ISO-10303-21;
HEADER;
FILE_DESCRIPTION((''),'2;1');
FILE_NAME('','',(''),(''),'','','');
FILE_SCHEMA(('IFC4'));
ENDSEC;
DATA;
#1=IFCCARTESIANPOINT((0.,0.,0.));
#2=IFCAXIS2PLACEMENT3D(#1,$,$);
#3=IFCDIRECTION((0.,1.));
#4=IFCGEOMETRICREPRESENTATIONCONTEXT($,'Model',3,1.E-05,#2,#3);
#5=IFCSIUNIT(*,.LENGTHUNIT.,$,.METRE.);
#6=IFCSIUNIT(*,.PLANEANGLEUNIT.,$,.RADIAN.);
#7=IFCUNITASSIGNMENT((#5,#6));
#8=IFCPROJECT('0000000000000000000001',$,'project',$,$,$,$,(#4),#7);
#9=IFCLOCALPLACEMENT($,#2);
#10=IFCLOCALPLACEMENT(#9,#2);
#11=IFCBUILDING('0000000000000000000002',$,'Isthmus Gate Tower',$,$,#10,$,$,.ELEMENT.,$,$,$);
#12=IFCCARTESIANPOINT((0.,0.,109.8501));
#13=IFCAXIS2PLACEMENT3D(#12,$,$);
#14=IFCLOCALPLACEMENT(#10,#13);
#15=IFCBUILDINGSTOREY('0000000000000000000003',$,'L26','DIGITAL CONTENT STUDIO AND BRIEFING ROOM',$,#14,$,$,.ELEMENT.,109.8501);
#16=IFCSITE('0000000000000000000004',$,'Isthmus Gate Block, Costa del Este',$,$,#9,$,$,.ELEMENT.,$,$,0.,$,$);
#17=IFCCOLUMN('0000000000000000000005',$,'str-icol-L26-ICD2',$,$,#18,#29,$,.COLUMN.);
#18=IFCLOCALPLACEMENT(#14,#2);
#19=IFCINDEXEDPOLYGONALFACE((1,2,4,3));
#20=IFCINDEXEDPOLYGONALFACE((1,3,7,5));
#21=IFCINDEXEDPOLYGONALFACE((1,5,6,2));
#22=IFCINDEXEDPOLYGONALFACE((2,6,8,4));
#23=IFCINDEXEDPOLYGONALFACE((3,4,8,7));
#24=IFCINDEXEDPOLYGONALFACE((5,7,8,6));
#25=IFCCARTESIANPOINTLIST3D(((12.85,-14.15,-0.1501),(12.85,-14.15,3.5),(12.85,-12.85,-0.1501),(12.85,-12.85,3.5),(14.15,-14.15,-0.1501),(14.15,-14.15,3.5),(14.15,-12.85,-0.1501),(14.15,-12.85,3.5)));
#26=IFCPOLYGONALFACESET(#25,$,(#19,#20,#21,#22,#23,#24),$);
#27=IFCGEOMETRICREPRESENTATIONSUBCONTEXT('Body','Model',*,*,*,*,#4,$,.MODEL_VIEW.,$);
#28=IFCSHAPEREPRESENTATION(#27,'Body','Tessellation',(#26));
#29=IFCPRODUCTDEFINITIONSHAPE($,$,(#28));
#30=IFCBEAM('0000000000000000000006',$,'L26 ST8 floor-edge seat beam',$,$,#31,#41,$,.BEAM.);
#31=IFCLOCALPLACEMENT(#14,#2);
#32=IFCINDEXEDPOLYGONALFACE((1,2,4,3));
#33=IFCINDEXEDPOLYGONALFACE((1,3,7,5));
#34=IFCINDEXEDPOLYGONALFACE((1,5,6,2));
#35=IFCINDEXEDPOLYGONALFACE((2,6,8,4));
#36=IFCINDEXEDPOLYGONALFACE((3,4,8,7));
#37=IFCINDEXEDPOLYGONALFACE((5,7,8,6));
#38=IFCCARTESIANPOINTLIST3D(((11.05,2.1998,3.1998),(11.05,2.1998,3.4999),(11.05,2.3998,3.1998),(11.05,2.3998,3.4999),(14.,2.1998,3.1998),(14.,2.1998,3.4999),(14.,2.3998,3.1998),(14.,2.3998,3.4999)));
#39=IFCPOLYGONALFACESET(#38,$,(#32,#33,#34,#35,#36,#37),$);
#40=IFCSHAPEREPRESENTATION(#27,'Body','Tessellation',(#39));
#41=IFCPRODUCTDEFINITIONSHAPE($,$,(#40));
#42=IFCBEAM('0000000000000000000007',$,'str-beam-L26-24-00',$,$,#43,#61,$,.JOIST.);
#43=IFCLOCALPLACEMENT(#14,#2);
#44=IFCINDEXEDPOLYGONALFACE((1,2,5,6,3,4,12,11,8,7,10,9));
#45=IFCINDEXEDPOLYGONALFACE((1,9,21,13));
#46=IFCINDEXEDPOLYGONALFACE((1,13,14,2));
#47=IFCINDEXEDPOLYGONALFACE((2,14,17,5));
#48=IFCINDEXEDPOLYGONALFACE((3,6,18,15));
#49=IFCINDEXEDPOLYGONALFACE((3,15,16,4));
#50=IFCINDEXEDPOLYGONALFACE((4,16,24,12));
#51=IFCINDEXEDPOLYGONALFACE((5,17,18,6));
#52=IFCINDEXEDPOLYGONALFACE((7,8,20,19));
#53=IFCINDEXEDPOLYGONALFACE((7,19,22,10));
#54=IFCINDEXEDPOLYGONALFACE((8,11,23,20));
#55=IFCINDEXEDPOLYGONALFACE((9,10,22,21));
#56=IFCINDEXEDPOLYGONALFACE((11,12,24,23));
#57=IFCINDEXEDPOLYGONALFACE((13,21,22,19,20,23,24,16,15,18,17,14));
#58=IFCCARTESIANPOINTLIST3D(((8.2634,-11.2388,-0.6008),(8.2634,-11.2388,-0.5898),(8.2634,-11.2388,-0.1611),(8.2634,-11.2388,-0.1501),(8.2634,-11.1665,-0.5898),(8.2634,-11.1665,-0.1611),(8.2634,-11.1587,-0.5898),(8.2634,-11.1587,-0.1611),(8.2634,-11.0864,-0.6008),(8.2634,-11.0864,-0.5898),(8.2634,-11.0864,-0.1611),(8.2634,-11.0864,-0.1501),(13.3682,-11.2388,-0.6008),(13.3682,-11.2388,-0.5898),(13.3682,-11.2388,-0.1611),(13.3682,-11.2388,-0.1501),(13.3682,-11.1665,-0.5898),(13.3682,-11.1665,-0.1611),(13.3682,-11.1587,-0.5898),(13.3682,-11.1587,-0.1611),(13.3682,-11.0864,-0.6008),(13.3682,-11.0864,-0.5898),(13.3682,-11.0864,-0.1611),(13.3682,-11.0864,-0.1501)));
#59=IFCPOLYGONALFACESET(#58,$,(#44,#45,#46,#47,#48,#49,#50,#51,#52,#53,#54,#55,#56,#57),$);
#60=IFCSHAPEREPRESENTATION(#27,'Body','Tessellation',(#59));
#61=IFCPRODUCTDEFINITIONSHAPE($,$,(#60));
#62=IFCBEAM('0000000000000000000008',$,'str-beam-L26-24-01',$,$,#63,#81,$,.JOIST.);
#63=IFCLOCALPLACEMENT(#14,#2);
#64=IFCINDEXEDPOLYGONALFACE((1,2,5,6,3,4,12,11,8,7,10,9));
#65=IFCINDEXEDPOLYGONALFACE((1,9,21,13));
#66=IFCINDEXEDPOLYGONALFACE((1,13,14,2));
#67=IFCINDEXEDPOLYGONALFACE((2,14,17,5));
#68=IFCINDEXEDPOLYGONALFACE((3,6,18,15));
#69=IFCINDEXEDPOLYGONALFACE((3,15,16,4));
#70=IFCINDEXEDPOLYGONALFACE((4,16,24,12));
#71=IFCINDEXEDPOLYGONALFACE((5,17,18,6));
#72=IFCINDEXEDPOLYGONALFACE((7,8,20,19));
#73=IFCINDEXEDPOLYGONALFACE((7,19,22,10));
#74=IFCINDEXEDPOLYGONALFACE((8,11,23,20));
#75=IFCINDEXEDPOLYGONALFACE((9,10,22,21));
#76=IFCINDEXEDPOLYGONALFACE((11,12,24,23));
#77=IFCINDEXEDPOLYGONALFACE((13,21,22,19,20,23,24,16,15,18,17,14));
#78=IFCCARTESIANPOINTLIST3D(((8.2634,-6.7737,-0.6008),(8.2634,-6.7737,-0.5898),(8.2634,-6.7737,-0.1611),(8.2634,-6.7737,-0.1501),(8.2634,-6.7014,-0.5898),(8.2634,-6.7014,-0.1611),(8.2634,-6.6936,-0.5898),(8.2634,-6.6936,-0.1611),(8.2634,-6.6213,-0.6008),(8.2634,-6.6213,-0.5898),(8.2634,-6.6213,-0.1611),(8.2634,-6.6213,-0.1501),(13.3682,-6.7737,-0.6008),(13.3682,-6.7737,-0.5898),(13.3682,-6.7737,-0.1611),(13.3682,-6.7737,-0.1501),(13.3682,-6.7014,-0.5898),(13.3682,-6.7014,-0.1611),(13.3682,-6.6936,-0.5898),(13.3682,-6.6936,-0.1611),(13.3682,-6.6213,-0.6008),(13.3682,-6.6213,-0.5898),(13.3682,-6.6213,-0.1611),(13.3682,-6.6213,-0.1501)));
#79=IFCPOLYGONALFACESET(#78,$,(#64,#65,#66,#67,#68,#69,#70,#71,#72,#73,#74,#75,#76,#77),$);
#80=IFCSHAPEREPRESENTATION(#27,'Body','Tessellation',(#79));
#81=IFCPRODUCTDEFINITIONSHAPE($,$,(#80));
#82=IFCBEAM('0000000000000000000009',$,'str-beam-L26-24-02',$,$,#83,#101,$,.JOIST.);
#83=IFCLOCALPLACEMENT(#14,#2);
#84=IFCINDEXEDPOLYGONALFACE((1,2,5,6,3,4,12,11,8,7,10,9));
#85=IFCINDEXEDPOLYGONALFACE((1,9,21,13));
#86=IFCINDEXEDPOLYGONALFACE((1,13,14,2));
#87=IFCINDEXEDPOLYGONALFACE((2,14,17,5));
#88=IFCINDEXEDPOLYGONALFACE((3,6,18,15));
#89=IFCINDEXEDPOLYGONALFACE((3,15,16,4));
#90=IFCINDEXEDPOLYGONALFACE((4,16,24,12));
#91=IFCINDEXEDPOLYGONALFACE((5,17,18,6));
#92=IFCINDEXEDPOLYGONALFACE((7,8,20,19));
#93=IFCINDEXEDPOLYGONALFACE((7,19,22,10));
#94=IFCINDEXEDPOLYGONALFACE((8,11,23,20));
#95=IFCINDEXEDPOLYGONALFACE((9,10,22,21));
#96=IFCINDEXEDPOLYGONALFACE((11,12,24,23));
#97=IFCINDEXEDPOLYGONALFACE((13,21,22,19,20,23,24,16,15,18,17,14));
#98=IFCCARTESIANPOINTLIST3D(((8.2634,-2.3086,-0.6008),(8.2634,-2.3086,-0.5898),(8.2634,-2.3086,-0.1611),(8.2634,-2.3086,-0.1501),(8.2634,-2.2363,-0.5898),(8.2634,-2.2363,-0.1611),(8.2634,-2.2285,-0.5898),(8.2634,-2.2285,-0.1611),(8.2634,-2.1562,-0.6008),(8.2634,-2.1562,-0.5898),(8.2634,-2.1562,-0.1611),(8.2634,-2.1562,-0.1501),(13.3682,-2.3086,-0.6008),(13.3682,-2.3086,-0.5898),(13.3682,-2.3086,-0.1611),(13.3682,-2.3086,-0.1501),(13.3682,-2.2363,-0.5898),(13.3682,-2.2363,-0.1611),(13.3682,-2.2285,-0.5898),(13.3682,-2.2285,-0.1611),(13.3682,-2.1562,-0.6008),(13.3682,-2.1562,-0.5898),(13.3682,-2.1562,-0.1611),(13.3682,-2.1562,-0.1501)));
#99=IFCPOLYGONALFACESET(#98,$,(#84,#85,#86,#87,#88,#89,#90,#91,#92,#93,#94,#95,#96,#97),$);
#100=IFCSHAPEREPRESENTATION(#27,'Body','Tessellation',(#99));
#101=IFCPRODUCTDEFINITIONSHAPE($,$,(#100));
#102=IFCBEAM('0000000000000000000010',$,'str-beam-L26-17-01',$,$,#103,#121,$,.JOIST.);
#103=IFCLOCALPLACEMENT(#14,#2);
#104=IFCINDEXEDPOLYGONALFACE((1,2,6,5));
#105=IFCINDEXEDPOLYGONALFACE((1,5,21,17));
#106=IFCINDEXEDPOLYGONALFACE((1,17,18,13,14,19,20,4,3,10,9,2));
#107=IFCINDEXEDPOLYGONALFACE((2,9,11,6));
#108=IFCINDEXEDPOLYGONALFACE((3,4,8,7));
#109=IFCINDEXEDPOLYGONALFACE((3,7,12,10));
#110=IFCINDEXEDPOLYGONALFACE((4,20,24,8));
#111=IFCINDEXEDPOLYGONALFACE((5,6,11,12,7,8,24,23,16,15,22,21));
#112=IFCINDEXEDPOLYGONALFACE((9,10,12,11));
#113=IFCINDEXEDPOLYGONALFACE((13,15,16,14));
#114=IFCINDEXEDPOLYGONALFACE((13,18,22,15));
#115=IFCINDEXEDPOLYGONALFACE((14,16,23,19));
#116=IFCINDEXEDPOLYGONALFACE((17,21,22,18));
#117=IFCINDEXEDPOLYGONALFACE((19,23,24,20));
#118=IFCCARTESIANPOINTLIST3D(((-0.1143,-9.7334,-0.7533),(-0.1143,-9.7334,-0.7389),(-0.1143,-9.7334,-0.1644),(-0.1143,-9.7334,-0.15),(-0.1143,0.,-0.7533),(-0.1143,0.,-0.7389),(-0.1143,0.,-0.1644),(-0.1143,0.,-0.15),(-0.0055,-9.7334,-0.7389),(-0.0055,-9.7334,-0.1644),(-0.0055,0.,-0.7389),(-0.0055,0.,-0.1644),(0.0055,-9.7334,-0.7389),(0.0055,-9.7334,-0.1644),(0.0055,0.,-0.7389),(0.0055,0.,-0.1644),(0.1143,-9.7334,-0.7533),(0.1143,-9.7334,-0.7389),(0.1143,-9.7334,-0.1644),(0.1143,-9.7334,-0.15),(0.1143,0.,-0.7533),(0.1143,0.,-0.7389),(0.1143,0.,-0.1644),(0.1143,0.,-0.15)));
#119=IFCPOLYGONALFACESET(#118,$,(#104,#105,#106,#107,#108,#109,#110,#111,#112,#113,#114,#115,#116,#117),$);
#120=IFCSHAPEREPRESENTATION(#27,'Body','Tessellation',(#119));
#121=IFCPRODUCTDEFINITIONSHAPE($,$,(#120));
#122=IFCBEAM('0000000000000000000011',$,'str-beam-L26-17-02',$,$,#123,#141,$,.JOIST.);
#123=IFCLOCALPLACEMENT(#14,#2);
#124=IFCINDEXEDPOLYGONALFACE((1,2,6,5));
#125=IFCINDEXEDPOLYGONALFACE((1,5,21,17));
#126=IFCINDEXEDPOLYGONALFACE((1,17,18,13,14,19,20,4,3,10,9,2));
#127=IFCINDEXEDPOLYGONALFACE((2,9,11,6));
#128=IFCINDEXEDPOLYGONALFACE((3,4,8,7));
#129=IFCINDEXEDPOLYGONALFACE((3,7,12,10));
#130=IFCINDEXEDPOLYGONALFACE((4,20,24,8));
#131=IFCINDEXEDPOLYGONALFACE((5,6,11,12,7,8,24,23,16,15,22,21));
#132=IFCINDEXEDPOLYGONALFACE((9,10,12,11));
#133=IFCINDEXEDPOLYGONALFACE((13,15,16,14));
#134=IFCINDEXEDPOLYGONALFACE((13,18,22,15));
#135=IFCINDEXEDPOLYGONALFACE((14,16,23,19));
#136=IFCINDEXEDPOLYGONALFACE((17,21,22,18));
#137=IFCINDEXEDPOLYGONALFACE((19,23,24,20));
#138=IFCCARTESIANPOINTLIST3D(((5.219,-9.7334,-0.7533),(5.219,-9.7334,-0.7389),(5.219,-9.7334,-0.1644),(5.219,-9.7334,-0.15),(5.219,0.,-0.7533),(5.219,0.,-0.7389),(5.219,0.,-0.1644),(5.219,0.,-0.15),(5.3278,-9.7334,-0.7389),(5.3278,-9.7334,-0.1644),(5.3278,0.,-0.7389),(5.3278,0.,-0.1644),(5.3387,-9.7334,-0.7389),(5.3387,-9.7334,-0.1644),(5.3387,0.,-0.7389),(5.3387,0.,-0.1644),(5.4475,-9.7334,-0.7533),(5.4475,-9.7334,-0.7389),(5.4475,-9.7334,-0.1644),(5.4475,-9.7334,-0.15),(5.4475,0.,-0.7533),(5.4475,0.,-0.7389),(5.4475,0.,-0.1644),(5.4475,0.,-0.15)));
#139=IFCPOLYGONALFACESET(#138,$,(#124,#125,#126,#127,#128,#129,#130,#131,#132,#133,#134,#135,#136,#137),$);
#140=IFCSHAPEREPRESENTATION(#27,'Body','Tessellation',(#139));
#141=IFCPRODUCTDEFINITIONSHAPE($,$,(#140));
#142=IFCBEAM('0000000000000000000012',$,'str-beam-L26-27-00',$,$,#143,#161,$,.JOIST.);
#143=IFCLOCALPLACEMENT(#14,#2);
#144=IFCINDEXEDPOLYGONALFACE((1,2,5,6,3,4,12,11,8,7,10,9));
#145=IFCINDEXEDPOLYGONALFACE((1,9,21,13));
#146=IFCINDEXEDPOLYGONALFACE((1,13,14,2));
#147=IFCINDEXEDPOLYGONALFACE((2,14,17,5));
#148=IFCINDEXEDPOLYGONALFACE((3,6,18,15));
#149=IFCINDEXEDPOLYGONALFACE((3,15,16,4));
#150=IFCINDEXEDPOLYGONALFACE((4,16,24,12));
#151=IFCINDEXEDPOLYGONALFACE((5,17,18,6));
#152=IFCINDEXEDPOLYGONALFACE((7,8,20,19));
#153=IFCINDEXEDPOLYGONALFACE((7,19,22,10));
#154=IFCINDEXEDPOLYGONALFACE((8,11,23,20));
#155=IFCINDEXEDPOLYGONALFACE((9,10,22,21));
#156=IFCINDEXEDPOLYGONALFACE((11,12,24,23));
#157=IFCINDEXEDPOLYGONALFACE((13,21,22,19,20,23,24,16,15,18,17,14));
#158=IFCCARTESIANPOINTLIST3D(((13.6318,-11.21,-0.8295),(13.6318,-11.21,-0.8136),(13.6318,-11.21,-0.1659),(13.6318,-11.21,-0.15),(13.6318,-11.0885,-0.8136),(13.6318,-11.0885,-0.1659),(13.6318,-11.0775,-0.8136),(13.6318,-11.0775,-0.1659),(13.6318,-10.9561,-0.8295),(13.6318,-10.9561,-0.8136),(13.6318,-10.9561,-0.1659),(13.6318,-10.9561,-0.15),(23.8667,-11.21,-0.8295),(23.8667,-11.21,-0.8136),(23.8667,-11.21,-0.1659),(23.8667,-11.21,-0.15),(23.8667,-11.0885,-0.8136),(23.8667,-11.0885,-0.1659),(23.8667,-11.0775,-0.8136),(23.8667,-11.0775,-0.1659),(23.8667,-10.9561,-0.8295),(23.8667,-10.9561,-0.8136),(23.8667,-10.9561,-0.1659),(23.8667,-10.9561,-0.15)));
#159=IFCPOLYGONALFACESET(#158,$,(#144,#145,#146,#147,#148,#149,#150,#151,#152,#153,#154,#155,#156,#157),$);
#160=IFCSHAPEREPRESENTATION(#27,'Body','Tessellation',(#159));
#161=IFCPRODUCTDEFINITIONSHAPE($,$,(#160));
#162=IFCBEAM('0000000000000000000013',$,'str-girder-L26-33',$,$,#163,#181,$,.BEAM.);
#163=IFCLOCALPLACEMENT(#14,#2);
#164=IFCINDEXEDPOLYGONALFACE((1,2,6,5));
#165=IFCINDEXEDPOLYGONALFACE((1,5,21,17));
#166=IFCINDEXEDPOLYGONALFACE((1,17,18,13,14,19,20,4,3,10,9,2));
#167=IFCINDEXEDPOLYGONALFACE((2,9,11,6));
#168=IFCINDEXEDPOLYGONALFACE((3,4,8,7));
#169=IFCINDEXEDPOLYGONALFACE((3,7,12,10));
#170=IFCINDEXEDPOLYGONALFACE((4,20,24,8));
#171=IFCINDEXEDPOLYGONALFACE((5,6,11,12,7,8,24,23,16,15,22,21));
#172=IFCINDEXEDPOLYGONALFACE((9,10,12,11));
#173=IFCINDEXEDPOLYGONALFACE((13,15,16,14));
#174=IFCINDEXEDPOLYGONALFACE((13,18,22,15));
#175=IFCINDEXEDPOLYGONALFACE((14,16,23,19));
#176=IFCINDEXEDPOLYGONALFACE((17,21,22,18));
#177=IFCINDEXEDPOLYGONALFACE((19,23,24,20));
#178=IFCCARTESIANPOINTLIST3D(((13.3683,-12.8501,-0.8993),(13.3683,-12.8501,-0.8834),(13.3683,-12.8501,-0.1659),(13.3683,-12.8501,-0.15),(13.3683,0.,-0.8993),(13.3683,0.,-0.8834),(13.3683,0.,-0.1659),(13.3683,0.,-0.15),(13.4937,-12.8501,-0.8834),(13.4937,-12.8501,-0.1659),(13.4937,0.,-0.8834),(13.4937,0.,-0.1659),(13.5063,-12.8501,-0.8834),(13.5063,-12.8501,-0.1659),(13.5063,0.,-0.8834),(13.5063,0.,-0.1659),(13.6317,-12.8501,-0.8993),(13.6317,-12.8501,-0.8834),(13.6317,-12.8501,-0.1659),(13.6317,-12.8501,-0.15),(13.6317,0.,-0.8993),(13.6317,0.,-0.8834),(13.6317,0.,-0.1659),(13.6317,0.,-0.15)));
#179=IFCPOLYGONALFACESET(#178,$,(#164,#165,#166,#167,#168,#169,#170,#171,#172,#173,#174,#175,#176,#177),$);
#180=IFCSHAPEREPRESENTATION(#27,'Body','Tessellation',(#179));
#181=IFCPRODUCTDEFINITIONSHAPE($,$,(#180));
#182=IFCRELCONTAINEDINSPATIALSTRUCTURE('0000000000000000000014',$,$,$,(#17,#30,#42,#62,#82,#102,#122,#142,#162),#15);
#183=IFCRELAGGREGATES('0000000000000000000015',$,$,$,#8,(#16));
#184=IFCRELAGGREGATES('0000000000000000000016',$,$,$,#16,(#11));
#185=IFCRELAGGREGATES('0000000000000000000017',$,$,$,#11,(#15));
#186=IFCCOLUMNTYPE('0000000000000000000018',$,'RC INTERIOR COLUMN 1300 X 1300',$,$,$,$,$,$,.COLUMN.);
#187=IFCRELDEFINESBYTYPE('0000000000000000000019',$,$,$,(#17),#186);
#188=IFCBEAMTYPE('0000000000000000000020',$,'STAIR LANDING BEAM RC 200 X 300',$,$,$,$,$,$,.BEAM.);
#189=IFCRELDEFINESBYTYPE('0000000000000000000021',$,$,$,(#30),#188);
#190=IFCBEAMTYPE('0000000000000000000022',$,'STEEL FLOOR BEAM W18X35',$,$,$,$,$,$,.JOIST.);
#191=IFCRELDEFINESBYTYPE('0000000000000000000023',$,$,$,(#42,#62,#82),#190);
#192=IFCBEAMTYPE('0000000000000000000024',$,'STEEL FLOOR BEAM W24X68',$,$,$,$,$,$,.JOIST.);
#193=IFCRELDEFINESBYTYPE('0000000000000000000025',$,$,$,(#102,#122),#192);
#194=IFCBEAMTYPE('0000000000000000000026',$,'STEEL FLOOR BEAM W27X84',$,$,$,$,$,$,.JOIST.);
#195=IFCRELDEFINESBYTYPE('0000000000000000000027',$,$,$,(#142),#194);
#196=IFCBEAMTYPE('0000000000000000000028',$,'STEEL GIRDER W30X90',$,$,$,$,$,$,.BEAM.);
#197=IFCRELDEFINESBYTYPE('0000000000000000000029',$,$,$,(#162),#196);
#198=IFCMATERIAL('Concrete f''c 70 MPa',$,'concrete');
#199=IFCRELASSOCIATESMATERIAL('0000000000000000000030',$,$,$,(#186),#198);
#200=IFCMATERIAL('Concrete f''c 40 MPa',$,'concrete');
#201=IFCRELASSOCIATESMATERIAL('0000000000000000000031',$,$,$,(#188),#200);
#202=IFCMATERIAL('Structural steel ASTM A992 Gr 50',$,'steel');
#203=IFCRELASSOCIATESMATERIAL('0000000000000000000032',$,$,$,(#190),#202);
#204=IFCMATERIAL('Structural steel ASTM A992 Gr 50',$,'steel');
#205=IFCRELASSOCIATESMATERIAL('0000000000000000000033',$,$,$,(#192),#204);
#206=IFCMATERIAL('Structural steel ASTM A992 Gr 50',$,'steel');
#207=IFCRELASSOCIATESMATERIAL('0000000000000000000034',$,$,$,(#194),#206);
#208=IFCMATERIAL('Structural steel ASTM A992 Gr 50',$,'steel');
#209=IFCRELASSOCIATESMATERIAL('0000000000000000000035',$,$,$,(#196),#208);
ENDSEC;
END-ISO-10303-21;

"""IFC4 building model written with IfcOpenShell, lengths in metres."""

from ifc_helpers import new_model, si_unit, direction, frame, origin, origin_2d, place, context, subcontext, project, spatial, rectangle, i_section, extrude, material, material_profile, profile_set, type_object, element, save


model = new_model("IFC4")

# Units and contexts
model_context = context("Model", 3, precision=1e-05, world=origin(), true_north=direction((0.0, 1.0)))
body_context = subcontext(model_context, "Body", "Model", "MODEL_VIEW")
ifc_project = project(units=[si_unit("LENGTHUNIT", "METRE"), si_unit("PLANEANGLEUNIT", "RADIAN")], contexts=[model_context])

# Site, building, storey
site_placement = place(None, origin())
site = spatial("IfcSite", under=ifc_project, at=site_placement, Name="Isthmus Gate Block, Costa del Este", CompositionType="ELEMENT", RefElevation=0.0)
building_placement = place(site_placement, origin())
building = spatial("IfcBuilding", under=site, at=building_placement, Name="Isthmus Gate Tower", CompositionType="ELEMENT")
storey_placement = place(building_placement, frame((0.0, 0.0, 109.8501)))
storey = spatial("IfcBuildingStorey", under=building, at=storey_placement, Name="L26", Description="DIGITAL CONTENT STUDIO AND BRIEFING ROOM", CompositionType="ELEMENT", Elevation=109.8501)

# Column
ifc_material_1 = material(Name="Concrete f'c 70 MPa", Category="concrete")
ifc_material_profile_1 = material_profile(ifc_material_1, rectangle(XDim=1.3, YDim=1.3, at=origin_2d()), Name="RC 1300X1300")
ifc_profile_set_1 = profile_set([ifc_material_profile_1], Name="Concrete f'c 70 MPa")
column_type = type_object("IfcColumnType", Name="RC INTERIOR COLUMN 1300 X 1300", PredefinedType="COLUMN", material=ifc_profile_set_1)
column_placement = place(storey_placement, frame((13.5, -13.5, -0.1501), z_axis=(0.0, 0.0, 1.0), x_axis=(1.0, 0.0, 0.0)))
element("IfcColumn", 1, at=column_placement, inside=storey, type_object=column_type, Name="str-icol-L26-ICD2", PredefinedType="COLUMN", context=body_context, shape_type="SweptSolid", body=[
    extrude(rectangle(XDim=1.3, YDim=1.3, at=origin_2d()), origin(), (0.0, 0.0, 1.0), 3.6501),
])

# Beams
ifc_material_2 = material(Name="Concrete f'c 40 MPa", Category="concrete")
ifc_material_profile_2 = material_profile(ifc_material_2, rectangle(XDim=0.2, YDim=0.3, at=origin_2d()), Name="STAIR LANDING BEAM RC 200 X 300")
ifc_profile_set_2 = profile_set([ifc_material_profile_2], Name="Concrete f'c 40 MPa")
beam_type_1 = type_object("IfcBeamType", Name="STAIR LANDING BEAM RC 200 X 300", PredefinedType="BEAM", material=ifc_profile_set_2)
beam_1_placement = place(storey_placement, frame((11.05, 2.2998, 3.3499), z_axis=(1.0, 0.0, 0.0), x_axis=(0.0, 1.0, 0.0)))
element("IfcBeam", 2, at=beam_1_placement, inside=storey, type_object=beam_type_1, Name="L26 ST8 floor-edge seat beam", PredefinedType="BEAM", context=body_context, shape_type="SweptSolid", body=[
    extrude(rectangle(XDim=0.2, YDim=0.3, at=origin_2d()), origin(), (0.0, 0.0, 1.0), 2.95),
])
ifc_material_3 = material(Name="Structural steel ASTM A992 Gr 50", Category="steel")
ifc_material_profile_3 = material_profile(ifc_material_3, i_section(OverallWidth=0.1523, OverallDepth=0.4507, WebThickness=0.0078, FlangeThickness=0.011, at=origin_2d()), Name="W18X35")
ifc_profile_set_3 = profile_set([ifc_material_profile_3], Name="Structural steel ASTM A992 Gr 50")
beam_type_2 = type_object("IfcBeamType", Name="STEEL FLOOR BEAM W18X35", PredefinedType="JOIST", material=ifc_profile_set_3)
for number, where, z_axis, x_axis, name in (
    (3, (8.2634, -11.1626, -0.3755), (1.0, 0.0, 0.0), (0.0, 1.0, 0.0), "str-beam-L26-24-00"),
    (4, (8.2634, -6.6975, -0.3755), (1.0, 0.0, 0.0), (0.0, 1.0, 0.0), "str-beam-L26-24-01"),
    (5, (8.2634, -2.2324, -0.3755), (1.0, 0.0, 0.0), (0.0, 1.0, 0.0), "str-beam-L26-24-02"),
):
    element("IfcBeam", number, at=place(storey_placement, frame(where, z_axis=z_axis, x_axis=x_axis)), inside=storey, type_object=beam_type_2, Name=name, PredefinedType="JOIST", context=body_context, shape_type="SweptSolid", body=[
        extrude(i_section(OverallWidth=0.1523, OverallDepth=0.4507, WebThickness=0.0078, FlangeThickness=0.011, at=origin_2d()), origin(), (0.0, 0.0, 1.0), 5.1047),
    ])
ifc_material_4 = material(Name="Structural steel ASTM A992 Gr 50", Category="steel")
ifc_material_profile_4 = material_profile(ifc_material_4, i_section(OverallWidth=0.2285, OverallDepth=0.6033, WebThickness=0.011, FlangeThickness=0.0144, at=origin_2d()), Name="W24X68")
ifc_profile_set_4 = profile_set([ifc_material_profile_4], Name="Structural steel ASTM A992 Gr 50")
beam_type_3 = type_object("IfcBeamType", Name="STEEL FLOOR BEAM W24X68", PredefinedType="JOIST", material=ifc_profile_set_4)
for number, where, z_axis, x_axis, name in (
    (6, (0.0, -9.7334, -0.4517), (0.0, 1.0, 0.0), (-1.0, 0.0, 0.0), "str-beam-L26-17-01"),
    (7, (5.3333, -9.7334, -0.4517), (0.0, 1.0, 0.0), (-1.0, 0.0, 0.0), "str-beam-L26-17-02"),
):
    element("IfcBeam", number, at=place(storey_placement, frame(where, z_axis=z_axis, x_axis=x_axis)), inside=storey, type_object=beam_type_3, Name=name, PredefinedType="JOIST", context=body_context, shape_type="SweptSolid", body=[
        extrude(i_section(OverallWidth=0.2285, OverallDepth=0.6033, WebThickness=0.011, FlangeThickness=0.0144, at=origin_2d()), origin(), (0.0, 0.0, 1.0), 9.7334),
    ])
ifc_material_5 = material(Name="Structural steel ASTM A992 Gr 50", Category="steel")
ifc_material_profile_5 = material_profile(ifc_material_5, i_section(OverallWidth=0.2539, OverallDepth=0.6794, WebThickness=0.011, FlangeThickness=0.0159, at=origin_2d()), Name="W27X84")
ifc_profile_set_5 = profile_set([ifc_material_profile_5], Name="Structural steel ASTM A992 Gr 50")
beam_type_4 = type_object("IfcBeamType", Name="STEEL FLOOR BEAM W27X84", PredefinedType="JOIST", material=ifc_profile_set_5)
beam_2_placement = place(storey_placement, frame((13.6318, -11.083, -0.4897), z_axis=(1.0, 0.0, 0.0), x_axis=(0.0, 1.0, 0.0)))
element("IfcBeam", 8, at=beam_2_placement, inside=storey, type_object=beam_type_4, Name="str-beam-L26-27-00", PredefinedType="JOIST", context=body_context, shape_type="SweptSolid", body=[
    extrude(i_section(OverallWidth=0.2539, OverallDepth=0.6794, WebThickness=0.011, FlangeThickness=0.0159, at=origin_2d()), origin(), (0.0, 0.0, 1.0), 10.2349),
])
ifc_material_6 = material(Name="Structural steel ASTM A992 Gr 50", Category="steel")
ifc_material_profile_6 = material_profile(ifc_material_6, i_section(OverallWidth=0.2634, OverallDepth=0.7493, WebThickness=0.0127, FlangeThickness=0.0159, at=origin_2d()), Name="W30X90")
ifc_profile_set_6 = profile_set([ifc_material_profile_6], Name="Structural steel ASTM A992 Gr 50")
beam_type_5 = type_object("IfcBeamType", Name="STEEL GIRDER W30X90", PredefinedType="BEAM", material=ifc_profile_set_6)
beam_3_placement = place(storey_placement, frame((13.5, -12.8501, -0.5247), z_axis=(0.0, 1.0, 0.0), x_axis=(-1.0, 0.0, 0.0)))
element("IfcBeam", 9, at=beam_3_placement, inside=storey, type_object=beam_type_5, Name="str-girder-L26-33", PredefinedType="BEAM", context=body_context, shape_type="SweptSolid", body=[
    extrude(i_section(OverallWidth=0.2634, OverallDepth=0.7493, WebThickness=0.0127, FlangeThickness=0.0159, at=origin_2d()), origin(), (0.0, 0.0, 1.0), 12.8501),
])

save(model, "model.ifc")
